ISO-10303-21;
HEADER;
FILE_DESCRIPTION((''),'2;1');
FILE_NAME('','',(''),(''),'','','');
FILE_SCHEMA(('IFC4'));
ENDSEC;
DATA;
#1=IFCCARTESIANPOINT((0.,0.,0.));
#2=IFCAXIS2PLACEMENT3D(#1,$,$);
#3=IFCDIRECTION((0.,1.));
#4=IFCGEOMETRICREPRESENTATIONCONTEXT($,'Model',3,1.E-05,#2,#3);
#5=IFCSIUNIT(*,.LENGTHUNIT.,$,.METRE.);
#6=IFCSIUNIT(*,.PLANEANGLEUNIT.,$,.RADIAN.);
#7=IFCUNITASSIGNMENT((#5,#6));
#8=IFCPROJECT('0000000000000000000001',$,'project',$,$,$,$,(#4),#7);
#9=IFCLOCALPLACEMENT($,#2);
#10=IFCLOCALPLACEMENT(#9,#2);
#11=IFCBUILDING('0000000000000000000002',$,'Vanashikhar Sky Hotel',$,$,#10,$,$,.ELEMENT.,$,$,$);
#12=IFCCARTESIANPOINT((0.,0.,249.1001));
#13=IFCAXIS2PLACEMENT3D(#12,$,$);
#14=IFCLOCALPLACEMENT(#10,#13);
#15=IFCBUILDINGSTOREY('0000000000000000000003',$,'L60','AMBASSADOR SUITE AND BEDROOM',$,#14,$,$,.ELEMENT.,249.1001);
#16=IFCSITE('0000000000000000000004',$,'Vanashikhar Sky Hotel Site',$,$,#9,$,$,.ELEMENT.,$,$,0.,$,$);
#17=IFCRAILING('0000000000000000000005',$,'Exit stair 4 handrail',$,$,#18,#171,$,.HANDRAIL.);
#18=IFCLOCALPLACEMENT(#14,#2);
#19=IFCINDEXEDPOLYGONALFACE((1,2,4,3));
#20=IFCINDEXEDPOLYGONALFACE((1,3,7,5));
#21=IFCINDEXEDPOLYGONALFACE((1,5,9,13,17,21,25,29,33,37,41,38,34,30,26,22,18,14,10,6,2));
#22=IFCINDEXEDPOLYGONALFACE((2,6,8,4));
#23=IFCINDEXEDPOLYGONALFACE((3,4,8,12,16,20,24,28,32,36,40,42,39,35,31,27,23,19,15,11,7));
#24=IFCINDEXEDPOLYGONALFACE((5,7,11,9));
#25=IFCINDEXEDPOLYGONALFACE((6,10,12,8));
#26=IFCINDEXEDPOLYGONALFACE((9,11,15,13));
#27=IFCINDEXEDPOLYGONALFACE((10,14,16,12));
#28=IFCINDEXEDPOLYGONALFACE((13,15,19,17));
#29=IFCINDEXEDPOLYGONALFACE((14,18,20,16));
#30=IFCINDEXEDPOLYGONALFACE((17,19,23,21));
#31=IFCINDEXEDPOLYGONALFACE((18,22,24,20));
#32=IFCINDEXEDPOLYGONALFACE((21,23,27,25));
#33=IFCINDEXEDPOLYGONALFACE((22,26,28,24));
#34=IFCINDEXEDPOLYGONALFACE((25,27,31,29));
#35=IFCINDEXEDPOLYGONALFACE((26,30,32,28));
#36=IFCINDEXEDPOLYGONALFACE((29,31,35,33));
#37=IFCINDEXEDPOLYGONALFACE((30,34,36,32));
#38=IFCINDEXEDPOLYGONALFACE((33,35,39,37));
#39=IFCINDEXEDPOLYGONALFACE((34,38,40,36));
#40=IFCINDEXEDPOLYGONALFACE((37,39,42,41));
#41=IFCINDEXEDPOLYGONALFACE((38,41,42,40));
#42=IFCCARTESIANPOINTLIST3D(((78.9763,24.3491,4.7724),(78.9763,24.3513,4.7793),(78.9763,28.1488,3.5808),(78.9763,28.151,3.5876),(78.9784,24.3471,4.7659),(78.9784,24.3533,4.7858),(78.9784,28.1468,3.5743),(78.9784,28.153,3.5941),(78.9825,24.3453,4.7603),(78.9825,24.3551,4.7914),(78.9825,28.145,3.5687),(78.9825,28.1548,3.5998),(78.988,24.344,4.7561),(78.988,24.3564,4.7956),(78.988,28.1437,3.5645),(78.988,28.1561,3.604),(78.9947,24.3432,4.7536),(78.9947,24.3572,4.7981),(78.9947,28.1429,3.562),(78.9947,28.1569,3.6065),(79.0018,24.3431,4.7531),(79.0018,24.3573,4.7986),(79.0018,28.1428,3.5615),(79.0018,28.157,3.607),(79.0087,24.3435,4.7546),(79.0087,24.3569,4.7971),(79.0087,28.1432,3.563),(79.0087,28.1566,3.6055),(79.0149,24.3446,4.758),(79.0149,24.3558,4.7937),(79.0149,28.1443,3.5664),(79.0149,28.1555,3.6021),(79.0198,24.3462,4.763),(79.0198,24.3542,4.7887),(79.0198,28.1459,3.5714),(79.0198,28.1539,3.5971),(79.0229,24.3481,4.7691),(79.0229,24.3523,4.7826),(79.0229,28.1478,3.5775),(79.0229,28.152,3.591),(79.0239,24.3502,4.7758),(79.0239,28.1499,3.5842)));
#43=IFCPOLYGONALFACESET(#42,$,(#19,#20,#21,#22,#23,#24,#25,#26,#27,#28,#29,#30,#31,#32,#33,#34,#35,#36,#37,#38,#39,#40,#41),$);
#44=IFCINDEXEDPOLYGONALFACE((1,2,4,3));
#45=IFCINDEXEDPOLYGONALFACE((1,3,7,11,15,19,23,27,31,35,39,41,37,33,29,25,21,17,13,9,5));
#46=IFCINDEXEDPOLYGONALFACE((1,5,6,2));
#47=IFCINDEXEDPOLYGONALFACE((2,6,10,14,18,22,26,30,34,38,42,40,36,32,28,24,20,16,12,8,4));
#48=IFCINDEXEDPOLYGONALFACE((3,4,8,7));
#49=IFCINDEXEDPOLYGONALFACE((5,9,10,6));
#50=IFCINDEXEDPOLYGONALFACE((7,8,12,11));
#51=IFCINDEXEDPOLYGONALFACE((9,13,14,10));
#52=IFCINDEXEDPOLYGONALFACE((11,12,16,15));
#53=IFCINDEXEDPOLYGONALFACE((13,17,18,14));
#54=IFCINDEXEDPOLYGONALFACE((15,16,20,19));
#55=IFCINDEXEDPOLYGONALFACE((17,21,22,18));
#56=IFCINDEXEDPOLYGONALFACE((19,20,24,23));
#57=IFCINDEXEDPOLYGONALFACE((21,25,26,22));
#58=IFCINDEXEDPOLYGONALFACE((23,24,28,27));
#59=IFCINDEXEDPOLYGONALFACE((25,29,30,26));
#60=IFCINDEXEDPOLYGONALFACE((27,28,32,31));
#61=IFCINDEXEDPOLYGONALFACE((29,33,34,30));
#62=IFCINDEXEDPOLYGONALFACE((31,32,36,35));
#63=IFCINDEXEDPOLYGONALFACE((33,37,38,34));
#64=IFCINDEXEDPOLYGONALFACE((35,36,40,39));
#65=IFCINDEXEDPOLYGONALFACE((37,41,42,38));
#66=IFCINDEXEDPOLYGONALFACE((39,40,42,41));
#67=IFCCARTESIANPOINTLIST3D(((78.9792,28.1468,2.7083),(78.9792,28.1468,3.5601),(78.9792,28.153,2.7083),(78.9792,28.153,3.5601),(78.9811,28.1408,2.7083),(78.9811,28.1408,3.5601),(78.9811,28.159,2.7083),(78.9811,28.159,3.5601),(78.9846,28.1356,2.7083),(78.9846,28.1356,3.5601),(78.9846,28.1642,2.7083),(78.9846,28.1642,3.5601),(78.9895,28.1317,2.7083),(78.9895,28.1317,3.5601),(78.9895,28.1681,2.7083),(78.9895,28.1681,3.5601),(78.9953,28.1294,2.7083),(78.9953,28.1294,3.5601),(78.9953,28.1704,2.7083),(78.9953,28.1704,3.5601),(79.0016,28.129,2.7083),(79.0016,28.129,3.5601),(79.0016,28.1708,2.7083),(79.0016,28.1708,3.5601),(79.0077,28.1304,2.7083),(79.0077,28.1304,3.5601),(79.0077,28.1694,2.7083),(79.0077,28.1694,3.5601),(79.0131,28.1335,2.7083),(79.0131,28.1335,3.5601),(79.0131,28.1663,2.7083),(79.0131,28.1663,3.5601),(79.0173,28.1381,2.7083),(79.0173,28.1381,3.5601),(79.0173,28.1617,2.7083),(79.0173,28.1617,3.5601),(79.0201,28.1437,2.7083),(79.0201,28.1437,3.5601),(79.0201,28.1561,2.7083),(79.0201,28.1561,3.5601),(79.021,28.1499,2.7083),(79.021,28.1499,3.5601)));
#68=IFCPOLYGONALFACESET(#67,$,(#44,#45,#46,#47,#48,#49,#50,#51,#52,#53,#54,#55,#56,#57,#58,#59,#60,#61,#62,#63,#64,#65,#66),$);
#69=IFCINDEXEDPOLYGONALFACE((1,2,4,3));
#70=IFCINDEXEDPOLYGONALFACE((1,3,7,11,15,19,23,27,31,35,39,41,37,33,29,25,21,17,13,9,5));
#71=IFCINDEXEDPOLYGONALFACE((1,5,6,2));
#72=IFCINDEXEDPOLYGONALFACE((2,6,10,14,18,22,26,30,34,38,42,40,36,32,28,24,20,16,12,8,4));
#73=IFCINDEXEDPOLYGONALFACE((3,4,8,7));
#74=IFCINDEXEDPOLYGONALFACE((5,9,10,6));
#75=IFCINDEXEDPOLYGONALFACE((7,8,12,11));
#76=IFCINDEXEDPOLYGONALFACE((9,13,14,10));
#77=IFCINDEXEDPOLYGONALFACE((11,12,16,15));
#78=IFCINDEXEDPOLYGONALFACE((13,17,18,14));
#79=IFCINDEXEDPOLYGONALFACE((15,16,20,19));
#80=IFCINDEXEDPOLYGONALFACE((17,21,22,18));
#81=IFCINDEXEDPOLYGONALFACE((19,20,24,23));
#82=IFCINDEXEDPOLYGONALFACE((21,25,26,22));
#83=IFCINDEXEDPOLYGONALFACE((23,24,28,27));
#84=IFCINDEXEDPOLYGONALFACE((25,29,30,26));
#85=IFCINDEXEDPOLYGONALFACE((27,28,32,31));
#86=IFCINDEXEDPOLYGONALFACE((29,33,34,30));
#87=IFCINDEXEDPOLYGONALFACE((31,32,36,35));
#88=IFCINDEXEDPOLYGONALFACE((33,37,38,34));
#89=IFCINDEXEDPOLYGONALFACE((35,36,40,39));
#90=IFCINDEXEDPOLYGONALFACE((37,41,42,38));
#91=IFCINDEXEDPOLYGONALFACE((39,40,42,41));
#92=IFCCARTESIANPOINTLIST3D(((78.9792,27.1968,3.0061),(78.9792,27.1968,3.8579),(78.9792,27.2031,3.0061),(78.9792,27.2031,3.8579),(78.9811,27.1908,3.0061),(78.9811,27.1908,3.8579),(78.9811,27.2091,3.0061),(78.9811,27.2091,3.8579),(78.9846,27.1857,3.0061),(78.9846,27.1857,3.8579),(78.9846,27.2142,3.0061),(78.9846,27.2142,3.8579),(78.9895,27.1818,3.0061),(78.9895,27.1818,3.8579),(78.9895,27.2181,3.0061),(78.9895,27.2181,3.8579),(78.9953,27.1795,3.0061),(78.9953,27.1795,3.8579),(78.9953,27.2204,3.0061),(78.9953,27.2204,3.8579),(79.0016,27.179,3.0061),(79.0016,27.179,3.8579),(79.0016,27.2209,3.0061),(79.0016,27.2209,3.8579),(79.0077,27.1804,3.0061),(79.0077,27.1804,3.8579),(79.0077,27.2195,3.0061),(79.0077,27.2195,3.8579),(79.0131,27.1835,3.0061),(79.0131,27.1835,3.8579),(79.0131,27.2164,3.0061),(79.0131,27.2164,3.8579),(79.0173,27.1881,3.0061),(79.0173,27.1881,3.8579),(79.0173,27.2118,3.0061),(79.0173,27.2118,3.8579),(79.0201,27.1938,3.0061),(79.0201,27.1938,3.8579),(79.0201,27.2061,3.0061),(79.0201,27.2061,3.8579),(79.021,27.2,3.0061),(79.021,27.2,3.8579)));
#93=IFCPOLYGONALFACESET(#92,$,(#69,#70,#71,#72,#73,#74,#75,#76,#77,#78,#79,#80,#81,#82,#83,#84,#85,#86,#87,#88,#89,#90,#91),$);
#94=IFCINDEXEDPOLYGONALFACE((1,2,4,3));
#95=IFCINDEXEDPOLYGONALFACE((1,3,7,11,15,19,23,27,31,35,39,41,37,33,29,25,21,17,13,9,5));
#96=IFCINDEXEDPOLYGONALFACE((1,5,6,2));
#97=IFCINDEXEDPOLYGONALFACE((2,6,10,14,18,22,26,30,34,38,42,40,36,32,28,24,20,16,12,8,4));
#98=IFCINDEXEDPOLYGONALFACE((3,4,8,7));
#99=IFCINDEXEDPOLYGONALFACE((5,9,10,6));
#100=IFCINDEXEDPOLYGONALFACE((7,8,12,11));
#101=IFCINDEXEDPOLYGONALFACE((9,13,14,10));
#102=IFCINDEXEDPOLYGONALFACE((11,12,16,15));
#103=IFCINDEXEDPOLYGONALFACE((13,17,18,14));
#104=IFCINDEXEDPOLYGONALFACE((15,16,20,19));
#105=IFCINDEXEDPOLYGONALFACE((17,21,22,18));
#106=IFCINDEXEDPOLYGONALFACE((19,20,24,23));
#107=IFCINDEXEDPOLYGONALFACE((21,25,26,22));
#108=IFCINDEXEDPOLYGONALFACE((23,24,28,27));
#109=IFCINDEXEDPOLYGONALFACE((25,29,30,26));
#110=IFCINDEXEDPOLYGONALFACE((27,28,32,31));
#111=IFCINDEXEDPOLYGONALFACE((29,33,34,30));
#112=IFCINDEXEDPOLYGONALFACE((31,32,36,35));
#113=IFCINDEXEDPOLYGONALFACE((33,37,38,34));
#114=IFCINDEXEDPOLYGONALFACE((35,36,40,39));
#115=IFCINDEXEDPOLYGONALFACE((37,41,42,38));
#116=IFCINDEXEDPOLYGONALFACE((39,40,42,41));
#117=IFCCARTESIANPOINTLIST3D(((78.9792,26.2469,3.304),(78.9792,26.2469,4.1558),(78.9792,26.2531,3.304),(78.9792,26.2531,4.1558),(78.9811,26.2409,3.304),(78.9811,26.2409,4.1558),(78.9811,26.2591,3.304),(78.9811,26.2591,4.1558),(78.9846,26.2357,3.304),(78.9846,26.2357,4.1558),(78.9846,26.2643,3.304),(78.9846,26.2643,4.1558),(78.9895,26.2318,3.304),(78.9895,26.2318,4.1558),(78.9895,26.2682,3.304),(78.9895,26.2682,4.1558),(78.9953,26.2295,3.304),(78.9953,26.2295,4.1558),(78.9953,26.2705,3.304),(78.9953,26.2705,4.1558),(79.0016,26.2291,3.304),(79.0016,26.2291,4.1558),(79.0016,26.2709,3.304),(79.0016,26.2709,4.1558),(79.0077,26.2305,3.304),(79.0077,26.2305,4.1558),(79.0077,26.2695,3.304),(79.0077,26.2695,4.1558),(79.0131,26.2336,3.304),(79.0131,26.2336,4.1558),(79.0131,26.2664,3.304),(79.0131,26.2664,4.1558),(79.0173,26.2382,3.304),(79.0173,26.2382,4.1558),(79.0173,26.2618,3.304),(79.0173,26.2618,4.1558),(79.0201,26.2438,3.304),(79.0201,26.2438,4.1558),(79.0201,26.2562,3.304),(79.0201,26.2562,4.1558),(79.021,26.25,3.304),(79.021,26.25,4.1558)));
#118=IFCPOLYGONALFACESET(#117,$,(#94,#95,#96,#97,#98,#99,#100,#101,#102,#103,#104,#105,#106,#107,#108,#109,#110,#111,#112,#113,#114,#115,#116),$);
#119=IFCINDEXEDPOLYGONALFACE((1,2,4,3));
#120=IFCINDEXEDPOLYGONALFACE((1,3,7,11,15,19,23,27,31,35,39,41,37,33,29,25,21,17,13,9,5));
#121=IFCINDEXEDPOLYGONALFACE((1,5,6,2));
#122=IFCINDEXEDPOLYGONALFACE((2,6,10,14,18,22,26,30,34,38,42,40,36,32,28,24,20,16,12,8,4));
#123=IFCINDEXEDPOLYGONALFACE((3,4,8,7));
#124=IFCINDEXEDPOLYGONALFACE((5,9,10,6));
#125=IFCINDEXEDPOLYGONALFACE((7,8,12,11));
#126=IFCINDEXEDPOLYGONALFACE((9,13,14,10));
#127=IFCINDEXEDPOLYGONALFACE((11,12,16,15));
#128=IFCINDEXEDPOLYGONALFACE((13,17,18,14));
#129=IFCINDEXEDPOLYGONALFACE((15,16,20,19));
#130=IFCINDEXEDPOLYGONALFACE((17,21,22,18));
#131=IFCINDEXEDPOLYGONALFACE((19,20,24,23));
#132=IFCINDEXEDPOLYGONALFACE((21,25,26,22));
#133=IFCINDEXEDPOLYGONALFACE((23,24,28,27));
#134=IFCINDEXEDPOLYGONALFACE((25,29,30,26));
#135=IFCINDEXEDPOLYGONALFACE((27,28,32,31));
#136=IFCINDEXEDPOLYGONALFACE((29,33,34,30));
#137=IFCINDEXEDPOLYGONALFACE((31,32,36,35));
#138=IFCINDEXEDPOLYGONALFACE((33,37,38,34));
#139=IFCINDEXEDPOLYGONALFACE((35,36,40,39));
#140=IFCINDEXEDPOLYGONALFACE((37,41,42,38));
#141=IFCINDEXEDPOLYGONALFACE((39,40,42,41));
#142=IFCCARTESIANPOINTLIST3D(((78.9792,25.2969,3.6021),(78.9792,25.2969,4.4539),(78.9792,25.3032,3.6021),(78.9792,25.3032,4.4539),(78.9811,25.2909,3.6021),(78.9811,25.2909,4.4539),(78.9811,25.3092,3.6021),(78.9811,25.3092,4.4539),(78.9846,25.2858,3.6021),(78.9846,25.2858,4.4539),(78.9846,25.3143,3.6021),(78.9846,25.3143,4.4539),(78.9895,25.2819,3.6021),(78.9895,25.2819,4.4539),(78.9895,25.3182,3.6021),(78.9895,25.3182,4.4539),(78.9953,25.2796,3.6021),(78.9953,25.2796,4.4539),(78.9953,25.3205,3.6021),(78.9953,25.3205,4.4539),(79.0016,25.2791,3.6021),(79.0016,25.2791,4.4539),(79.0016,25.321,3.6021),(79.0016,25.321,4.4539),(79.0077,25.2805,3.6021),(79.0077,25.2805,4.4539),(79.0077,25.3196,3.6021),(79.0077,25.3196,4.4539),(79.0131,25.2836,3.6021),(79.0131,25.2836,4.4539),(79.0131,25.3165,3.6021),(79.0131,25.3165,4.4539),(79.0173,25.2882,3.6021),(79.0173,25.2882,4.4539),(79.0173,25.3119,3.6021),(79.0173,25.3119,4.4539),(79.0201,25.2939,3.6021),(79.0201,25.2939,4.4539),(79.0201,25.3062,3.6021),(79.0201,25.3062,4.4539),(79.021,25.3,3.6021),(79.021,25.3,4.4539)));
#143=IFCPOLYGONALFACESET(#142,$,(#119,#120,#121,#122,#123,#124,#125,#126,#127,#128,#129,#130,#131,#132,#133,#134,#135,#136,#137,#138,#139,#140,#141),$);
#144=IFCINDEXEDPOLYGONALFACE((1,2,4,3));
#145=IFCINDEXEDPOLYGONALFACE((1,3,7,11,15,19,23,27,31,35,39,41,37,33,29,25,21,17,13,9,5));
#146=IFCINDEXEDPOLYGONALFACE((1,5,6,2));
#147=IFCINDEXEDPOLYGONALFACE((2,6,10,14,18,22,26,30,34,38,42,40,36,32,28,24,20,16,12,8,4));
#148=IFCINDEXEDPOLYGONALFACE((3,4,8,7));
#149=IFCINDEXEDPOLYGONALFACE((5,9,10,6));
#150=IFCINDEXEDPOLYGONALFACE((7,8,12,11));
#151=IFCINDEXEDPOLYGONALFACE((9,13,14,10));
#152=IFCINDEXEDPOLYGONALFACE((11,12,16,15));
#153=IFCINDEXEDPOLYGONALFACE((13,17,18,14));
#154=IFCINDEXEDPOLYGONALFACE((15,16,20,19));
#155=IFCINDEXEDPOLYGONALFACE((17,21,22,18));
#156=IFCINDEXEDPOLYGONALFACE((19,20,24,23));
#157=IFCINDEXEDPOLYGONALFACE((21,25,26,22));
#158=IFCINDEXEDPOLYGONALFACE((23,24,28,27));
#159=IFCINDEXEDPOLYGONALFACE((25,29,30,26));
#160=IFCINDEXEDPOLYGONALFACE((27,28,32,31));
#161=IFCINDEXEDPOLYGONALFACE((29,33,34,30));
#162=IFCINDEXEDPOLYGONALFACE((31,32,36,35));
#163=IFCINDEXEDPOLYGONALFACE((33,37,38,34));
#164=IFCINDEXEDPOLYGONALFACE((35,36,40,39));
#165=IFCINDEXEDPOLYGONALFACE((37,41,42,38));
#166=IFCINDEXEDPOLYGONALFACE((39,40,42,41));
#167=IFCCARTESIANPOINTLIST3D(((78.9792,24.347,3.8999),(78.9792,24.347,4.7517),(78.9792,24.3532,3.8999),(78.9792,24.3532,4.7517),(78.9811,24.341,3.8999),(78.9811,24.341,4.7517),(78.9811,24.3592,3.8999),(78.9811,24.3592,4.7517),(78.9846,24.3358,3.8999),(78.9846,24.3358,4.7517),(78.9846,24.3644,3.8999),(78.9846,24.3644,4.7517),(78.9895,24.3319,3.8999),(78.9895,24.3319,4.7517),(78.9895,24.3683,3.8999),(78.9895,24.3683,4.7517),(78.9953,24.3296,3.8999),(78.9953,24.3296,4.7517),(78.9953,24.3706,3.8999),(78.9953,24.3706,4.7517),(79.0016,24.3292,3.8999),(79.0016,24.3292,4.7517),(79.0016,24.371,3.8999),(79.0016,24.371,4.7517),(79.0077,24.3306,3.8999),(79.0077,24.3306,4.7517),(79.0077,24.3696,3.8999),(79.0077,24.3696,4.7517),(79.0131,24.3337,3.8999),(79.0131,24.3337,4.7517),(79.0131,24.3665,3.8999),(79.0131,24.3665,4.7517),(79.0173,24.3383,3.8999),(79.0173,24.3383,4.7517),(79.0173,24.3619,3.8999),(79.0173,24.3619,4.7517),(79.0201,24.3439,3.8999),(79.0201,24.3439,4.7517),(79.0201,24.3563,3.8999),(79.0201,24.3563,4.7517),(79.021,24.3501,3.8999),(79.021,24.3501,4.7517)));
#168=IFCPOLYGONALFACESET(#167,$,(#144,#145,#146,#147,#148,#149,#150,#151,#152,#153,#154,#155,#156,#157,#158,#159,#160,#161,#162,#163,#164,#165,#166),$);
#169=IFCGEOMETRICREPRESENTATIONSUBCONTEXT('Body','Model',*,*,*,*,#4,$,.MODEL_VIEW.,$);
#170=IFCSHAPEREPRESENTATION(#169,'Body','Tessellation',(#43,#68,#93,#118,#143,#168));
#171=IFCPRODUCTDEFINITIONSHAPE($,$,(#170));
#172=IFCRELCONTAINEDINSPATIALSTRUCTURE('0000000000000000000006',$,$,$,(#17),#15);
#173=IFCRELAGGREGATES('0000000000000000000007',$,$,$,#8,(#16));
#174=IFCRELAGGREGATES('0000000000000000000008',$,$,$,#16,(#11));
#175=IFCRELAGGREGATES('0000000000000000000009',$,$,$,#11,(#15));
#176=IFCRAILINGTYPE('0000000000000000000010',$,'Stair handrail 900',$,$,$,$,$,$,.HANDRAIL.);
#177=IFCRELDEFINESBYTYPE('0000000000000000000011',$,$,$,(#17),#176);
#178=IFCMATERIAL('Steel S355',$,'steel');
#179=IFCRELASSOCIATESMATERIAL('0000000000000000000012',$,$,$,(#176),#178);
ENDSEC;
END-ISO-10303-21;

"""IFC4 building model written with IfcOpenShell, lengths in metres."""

from ifc_helpers import new_model, si_unit, direction, frame, origin, origin_2d, place, context, subcontext, project, spatial, circle, extrude, source, transform, mapped, material, type_object, element, save


model = new_model("IFC4")

# Units and contexts
model_context = context("Model", 3, precision=1e-05, world=origin(), true_north=direction((0.0, 1.0)))
body_context = subcontext(model_context, "Body", "Model", "MODEL_VIEW")
ifc_project = project(units=[si_unit("LENGTHUNIT", "METRE"), si_unit("PLANEANGLEUNIT", "RADIAN")], contexts=[model_context])

# Site, building, storey
site_placement = place(None, origin())
site = spatial("IfcSite", under=ifc_project, at=site_placement, Name="Vanashikhar Sky Hotel Site", CompositionType="ELEMENT", RefElevation=0.0)
building_placement = place(site_placement, origin())
building = spatial("IfcBuilding", under=site, at=building_placement, Name="Vanashikhar Sky Hotel", CompositionType="ELEMENT")
storey_placement = place(building_placement, frame((0.0, 0.0, 249.1001)))
storey = spatial("IfcBuildingStorey", under=building, at=storey_placement, Name="L60", Description="AMBASSADOR SUITE AND BEDROOM", CompositionType="ELEMENT", Elevation=249.1001)

# Railing
ifc_material_1 = material(Name="Steel S355", Category="steel")
railing_type = type_object("IfcRailingType", Name="Stair handrail 900", PredefinedType="HANDRAIL", material=ifc_material_1)
shared_shape_1 = source(origin(), body_context, "Body", "SweptSolid", [
    extrude(circle(Radius=0.0239, at=origin_2d()), frame((0.0, 0.0, 0.876), z_axis=(0.0, -0.954178, 0.299238), x_axis=(1.0, 0.0, 0.0)), (0.0, 0.0, 1.0), 3.9822),
    extrude(circle(Radius=0.021, at=origin_2d()), origin(), (0.0, 0.0, 1.0), 0.8518),
    extrude(circle(Radius=0.021, at=origin_2d()), frame((0.0, -0.95, 0.2979)), (0.0, 0.0, 1.0), 0.8518),
    extrude(circle(Radius=0.021, at=origin_2d()), frame((0.0, -1.8999, 0.5957)), (0.0, 0.0, 1.0), 0.8518),
    extrude(circle(Radius=0.021, at=origin_2d()), frame((0.0, -2.8499, 0.8938)), (0.0, 0.0, 1.0), 0.8518),
    extrude(circle(Radius=0.021, at=origin_2d()), frame((0.0, -3.7998, 1.1917)), (0.0, 0.0, 1.0), 0.8518),
])
for number, where, name in (
    (1, (79.0, 28.1499, 2.7083), "Exit stair 4 handrail"),
):
    element("IfcRailing", number, at=place(storey_placement, frame(where)), inside=storey, type_object=railing_type, Name=name, PredefinedType="HANDRAIL", context=body_context, shape_type="MappedRepresentation", body=[
        mapped(shared_shape_1, transform((0.0, 0.0, 0.0), scale=1.0)),
    ])

save(model, "model.ifc")
